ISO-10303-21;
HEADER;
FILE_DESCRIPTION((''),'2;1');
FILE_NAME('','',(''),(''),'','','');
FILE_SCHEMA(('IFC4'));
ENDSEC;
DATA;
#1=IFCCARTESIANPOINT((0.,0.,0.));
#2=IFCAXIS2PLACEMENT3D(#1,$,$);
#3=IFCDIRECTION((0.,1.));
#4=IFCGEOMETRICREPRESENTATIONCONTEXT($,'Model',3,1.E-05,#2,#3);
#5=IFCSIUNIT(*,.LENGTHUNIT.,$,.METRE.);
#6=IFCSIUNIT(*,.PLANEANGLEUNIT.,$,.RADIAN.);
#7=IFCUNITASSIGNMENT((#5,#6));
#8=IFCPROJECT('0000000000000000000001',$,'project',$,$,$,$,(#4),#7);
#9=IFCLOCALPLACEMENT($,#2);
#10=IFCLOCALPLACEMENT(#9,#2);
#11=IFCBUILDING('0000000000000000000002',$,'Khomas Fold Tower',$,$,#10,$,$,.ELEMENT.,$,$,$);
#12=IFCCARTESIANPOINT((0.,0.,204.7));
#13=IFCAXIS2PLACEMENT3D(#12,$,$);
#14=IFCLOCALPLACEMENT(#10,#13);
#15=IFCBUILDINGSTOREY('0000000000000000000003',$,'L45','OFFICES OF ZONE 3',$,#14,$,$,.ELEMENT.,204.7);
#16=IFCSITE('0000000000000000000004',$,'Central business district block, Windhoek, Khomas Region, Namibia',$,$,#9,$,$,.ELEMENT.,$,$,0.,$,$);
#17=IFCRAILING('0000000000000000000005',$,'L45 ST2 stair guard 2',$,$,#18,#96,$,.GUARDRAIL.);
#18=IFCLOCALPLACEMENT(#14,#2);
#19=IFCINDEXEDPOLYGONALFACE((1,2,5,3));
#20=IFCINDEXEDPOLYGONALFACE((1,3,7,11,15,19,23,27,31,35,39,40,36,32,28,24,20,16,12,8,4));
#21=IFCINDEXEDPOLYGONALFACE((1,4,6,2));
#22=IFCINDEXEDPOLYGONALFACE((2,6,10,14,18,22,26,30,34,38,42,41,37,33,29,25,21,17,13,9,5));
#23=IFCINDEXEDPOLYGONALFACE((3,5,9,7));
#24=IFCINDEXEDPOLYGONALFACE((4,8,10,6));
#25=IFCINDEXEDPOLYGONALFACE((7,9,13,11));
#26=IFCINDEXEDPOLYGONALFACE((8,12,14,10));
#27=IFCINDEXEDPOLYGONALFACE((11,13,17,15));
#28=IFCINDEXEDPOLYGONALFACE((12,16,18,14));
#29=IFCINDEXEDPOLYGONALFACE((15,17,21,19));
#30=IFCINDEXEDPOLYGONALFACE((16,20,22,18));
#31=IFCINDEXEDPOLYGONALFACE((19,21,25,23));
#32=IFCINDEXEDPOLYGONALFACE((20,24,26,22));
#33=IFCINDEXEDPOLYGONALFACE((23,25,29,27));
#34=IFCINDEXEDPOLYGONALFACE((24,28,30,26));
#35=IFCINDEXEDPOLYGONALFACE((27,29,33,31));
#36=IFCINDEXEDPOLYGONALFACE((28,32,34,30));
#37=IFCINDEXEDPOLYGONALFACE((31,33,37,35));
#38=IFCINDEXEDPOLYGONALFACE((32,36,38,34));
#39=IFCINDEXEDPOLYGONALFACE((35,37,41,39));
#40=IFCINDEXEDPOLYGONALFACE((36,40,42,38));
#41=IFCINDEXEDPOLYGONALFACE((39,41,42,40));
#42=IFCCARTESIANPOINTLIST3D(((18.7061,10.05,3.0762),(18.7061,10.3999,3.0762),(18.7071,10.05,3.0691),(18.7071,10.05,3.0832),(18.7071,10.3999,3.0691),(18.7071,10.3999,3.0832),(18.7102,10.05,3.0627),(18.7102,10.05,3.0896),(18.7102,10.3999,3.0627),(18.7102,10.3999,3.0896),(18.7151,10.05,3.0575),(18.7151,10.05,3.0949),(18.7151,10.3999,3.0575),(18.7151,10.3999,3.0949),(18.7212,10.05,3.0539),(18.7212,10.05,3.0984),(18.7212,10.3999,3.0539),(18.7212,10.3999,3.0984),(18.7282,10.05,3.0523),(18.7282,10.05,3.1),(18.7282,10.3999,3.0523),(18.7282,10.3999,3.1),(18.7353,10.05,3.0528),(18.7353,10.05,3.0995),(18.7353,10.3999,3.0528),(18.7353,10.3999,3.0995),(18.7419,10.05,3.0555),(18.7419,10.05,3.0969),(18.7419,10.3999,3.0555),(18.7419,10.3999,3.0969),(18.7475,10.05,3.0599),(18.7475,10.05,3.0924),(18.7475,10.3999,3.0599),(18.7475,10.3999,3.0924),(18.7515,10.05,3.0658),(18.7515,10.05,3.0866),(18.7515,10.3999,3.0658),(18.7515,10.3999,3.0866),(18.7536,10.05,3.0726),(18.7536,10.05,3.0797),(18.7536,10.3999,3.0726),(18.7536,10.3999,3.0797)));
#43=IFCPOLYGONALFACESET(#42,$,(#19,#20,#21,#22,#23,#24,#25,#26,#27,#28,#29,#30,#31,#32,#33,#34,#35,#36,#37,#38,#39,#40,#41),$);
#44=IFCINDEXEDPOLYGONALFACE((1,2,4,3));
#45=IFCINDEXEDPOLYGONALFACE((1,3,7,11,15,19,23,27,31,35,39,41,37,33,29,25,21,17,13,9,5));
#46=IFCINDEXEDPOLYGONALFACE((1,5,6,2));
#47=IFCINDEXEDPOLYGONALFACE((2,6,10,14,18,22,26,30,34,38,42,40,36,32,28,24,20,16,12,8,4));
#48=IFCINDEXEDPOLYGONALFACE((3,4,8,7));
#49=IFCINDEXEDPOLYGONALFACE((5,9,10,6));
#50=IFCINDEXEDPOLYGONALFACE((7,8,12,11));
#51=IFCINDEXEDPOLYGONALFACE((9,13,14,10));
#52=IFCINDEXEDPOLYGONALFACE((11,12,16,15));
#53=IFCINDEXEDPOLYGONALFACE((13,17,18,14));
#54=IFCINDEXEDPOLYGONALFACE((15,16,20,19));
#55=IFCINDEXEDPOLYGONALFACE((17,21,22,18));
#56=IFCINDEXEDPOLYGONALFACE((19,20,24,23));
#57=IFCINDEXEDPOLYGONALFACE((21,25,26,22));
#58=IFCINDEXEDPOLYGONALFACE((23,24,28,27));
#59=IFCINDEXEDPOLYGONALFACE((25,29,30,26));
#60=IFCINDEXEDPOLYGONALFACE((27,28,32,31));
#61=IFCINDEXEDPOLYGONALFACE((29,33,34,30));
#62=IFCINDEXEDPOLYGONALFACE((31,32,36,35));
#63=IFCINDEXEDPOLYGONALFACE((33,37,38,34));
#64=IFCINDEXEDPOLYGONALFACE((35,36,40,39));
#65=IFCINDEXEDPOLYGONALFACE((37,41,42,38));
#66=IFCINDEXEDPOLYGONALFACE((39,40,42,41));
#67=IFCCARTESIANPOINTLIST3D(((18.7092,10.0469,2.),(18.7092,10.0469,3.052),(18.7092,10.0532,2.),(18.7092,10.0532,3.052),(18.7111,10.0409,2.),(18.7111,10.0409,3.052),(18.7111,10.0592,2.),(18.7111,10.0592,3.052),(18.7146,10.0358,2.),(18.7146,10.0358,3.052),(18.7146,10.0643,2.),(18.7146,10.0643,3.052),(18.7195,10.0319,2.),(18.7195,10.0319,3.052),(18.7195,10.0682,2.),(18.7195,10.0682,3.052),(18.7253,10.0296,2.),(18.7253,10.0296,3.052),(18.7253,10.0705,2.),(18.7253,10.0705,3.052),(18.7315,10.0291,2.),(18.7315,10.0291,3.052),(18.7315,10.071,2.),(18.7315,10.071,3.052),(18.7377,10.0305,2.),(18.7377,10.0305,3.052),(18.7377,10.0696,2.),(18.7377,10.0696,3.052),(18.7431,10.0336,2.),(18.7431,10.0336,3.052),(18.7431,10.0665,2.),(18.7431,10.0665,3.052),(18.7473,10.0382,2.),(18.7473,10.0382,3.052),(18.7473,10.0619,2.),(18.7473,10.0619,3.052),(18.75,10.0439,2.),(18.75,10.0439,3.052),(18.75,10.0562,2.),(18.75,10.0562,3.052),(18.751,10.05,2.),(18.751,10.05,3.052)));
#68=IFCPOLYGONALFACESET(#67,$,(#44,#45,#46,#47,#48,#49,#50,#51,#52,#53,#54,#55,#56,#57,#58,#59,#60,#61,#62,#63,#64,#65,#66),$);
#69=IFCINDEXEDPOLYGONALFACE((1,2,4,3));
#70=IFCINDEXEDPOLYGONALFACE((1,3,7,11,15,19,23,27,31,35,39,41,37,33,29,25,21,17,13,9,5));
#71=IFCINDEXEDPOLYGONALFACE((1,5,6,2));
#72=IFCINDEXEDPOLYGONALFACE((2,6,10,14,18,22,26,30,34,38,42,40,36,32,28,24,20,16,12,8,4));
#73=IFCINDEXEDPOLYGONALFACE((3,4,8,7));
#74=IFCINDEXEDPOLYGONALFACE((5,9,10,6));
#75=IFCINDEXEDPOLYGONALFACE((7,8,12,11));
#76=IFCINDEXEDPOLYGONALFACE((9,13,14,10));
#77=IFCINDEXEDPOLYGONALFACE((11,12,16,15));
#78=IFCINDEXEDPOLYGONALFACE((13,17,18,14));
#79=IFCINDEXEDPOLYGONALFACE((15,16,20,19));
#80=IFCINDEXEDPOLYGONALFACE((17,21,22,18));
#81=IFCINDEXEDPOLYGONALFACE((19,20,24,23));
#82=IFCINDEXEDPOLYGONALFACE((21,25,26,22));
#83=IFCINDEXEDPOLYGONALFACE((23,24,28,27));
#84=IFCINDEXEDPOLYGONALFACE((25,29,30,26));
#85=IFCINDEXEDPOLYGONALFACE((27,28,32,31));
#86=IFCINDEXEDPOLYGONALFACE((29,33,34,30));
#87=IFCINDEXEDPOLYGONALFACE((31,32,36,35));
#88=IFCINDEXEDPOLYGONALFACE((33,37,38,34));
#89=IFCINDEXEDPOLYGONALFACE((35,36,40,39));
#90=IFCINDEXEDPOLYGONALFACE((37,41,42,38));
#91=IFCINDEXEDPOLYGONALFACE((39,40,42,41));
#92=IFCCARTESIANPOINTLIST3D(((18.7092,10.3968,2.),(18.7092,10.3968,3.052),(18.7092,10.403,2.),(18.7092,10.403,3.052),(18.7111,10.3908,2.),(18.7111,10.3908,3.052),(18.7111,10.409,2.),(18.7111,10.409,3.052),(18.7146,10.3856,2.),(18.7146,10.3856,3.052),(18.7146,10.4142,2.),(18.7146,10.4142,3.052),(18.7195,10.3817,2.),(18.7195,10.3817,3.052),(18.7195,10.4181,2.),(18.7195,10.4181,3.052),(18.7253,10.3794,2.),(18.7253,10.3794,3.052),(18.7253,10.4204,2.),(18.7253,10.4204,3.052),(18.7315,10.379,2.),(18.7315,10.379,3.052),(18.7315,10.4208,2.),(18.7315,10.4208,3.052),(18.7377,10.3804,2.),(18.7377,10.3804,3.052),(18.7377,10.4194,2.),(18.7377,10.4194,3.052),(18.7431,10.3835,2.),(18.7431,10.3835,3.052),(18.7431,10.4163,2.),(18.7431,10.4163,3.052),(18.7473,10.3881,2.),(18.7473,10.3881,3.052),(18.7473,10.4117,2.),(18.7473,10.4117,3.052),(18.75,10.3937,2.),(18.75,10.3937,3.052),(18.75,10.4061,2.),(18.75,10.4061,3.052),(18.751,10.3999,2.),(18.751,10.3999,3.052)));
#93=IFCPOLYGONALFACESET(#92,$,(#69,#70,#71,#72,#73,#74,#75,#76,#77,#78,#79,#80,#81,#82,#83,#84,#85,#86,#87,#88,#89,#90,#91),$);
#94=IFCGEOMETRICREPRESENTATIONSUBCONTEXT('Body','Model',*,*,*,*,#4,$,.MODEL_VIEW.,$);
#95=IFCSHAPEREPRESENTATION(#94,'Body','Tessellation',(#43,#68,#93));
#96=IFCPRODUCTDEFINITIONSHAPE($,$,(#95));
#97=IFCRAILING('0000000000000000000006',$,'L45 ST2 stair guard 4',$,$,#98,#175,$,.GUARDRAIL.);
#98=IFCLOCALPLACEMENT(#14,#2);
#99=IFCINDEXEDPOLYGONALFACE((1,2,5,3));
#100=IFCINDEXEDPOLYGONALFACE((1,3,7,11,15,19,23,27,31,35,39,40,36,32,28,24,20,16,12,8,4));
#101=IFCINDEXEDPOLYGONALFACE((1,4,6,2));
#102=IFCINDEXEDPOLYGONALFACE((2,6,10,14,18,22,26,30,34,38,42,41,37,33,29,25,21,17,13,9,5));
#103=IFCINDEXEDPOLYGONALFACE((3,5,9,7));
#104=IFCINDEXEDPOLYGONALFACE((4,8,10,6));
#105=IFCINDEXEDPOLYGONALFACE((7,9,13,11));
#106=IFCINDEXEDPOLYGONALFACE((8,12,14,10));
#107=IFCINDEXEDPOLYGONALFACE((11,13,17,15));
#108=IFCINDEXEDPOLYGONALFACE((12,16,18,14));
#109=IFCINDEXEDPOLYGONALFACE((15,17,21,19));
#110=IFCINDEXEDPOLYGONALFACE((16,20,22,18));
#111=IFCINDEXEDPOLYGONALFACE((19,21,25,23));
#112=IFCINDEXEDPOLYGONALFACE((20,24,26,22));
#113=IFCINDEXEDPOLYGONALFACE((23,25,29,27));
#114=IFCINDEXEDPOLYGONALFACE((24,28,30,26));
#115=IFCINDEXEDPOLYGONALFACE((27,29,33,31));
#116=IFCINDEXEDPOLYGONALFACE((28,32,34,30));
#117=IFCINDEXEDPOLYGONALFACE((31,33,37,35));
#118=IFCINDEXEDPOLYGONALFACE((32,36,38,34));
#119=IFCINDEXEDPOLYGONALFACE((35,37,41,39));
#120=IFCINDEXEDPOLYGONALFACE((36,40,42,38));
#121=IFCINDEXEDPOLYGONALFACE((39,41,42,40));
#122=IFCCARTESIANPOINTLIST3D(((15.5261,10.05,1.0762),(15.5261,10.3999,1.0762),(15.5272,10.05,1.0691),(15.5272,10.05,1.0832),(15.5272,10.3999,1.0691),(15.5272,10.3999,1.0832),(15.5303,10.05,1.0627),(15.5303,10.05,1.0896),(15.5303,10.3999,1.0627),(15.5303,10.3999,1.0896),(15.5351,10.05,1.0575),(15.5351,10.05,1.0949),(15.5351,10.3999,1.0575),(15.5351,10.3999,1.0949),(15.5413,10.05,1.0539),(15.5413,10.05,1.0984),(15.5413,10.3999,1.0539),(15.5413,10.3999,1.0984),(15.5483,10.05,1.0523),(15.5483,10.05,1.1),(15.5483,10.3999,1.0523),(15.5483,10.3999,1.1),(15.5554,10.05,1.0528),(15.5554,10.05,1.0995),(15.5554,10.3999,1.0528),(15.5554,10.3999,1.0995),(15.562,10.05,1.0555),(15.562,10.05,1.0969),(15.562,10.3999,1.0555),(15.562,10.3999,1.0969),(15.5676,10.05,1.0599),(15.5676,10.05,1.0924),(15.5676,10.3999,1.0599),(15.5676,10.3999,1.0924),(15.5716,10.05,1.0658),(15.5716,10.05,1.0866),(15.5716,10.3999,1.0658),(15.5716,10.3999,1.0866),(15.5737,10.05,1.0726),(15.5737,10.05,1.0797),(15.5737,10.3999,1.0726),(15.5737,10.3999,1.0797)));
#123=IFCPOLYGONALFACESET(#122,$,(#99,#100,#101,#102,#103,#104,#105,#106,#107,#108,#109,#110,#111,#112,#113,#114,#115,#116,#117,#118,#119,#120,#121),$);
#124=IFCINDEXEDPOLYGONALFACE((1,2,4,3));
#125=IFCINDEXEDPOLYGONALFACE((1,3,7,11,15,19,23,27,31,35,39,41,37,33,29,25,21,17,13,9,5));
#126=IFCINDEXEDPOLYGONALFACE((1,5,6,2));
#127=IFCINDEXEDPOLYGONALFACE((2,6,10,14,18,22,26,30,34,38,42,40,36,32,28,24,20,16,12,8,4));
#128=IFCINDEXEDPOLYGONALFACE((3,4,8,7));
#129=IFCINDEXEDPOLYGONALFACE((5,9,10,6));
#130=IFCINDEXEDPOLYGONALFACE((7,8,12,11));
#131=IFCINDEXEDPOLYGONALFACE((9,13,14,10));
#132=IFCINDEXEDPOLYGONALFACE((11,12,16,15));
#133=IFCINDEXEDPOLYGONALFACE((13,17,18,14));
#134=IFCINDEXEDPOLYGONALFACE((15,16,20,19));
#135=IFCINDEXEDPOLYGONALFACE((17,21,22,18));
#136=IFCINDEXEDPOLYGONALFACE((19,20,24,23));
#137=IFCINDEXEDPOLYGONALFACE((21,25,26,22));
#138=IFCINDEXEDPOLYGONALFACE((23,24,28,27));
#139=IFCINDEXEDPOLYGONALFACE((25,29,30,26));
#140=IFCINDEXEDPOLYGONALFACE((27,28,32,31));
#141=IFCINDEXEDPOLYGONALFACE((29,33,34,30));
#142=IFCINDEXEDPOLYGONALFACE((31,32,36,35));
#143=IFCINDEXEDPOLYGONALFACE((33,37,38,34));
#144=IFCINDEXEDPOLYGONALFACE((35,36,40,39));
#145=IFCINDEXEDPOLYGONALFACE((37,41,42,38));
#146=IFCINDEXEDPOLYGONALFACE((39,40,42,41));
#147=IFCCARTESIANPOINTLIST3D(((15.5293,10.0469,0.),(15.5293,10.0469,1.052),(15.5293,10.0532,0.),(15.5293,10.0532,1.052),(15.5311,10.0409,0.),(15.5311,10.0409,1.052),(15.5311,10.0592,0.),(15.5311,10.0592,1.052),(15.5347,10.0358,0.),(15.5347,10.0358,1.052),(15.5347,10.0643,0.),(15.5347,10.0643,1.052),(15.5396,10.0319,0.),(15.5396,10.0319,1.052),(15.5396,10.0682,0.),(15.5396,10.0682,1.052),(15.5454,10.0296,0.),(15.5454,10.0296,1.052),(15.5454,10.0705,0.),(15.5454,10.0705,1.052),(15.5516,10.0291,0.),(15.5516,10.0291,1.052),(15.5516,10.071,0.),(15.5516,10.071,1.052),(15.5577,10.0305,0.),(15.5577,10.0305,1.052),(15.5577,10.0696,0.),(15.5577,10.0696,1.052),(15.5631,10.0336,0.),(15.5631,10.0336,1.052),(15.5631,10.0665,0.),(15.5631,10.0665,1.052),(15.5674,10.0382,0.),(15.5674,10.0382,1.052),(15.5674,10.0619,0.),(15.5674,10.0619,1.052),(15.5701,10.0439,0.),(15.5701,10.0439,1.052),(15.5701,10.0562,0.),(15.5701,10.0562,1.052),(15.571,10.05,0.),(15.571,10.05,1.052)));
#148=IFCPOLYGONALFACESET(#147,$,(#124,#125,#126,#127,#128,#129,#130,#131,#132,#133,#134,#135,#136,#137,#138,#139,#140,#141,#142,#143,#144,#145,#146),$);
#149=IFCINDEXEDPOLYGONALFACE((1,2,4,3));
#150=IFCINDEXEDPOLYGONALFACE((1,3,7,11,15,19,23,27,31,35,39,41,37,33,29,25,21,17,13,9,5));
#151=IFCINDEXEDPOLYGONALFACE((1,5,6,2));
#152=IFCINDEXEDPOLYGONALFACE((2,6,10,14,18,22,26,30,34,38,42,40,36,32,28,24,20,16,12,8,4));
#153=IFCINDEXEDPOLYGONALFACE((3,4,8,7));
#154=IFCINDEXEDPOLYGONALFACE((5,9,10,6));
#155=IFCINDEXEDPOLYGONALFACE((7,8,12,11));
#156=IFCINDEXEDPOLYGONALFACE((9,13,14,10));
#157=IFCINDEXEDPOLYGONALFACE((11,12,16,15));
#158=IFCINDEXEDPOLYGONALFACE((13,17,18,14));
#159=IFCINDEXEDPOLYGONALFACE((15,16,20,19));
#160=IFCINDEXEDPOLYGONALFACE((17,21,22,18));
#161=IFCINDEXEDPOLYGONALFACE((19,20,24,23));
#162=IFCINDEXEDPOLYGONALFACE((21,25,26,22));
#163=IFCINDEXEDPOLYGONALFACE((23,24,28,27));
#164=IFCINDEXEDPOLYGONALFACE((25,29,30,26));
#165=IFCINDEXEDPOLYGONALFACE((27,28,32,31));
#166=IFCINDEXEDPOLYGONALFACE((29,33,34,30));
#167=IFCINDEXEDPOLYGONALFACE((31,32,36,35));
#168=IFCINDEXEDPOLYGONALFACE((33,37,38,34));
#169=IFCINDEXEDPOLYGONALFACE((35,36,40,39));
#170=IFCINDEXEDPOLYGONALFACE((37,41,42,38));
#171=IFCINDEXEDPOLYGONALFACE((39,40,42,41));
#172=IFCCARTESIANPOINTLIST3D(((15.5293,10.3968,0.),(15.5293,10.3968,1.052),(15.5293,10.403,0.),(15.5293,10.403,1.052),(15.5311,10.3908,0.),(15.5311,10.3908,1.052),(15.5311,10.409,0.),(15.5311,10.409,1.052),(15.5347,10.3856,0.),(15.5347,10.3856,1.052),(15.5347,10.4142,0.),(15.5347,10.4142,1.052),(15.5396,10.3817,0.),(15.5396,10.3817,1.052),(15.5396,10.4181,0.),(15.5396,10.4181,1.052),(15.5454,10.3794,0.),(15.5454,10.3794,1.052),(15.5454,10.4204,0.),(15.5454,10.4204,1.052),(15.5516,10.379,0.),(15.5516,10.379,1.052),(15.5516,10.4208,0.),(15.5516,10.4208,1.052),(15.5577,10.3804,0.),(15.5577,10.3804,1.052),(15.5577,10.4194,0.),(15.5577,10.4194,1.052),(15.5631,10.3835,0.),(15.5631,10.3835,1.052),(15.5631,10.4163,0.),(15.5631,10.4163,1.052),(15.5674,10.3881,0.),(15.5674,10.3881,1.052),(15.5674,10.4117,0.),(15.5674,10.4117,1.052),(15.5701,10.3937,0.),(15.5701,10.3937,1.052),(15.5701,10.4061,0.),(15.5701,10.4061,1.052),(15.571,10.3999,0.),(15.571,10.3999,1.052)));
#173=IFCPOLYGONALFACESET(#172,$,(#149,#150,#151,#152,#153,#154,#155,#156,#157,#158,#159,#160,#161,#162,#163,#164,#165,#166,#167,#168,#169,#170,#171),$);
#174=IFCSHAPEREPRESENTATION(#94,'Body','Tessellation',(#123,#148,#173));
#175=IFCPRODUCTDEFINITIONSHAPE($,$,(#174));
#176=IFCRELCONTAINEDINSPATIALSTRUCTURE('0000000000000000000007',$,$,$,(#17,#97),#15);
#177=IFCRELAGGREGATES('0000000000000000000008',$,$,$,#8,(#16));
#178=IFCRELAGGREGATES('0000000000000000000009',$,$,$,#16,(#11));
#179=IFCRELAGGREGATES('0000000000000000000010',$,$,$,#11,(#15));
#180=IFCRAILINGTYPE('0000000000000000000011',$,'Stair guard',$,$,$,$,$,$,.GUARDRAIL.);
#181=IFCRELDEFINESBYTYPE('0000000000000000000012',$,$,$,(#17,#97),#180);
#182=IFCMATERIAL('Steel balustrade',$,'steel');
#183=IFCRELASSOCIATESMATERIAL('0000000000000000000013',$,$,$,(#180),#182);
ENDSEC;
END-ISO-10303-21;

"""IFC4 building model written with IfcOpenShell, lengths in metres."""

from ifc_helpers import new_model, si_unit, direction, frame, origin, origin_2d, place, context, subcontext, project, spatial, circle, extrude, source, transform, mapped, material, type_object, element, save


model = new_model("IFC4")

# Units and contexts
model_context = context("Model", 3, precision=1e-05, world=origin(), true_north=direction((0.0, 1.0)))
body_context = subcontext(model_context, "Body", "Model", "MODEL_VIEW")
ifc_project = project(units=[si_unit("LENGTHUNIT", "METRE"), si_unit("PLANEANGLEUNIT", "RADIAN")], contexts=[model_context])

# Site, building, storey
site_placement = place(None, origin())
site = spatial("IfcSite", under=ifc_project, at=site_placement, Name="Central business district block, Windhoek, Khomas Region, Namibia", CompositionType="ELEMENT", RefElevation=0.0)
building_placement = place(site_placement, origin())
building = spatial("IfcBuilding", under=site, at=building_placement, Name="Khomas Fold Tower", CompositionType="ELEMENT")
storey_placement = place(building_placement, frame((0.0, 0.0, 204.7)))
storey = spatial("IfcBuildingStorey", under=building, at=storey_placement, Name="L45", Description="OFFICES OF ZONE 3", CompositionType="ELEMENT", Elevation=204.7)

# Railings
ifc_material_1 = material(Name="Steel balustrade", Category="steel")
railing_type_1 = type_object("IfcRailingType", Name="Stair guard", PredefinedType="GUARDRAIL", material=ifc_material_1)
shared_shape_1 = source(origin(), body_context, "Body", "SweptSolid", [
    extrude(circle(Radius=0.0239, at=origin_2d()), frame((0.0, 0.0, 1.0762), z_axis=(0.0, 1.0, 0.0), x_axis=(-1.0, 0.0, 0.0)), (0.0, 0.0, 1.0), 0.3499),
    extrude(circle(Radius=0.021, at=origin_2d()), origin(), (0.0, 0.0, 1.0), 1.052),
    extrude(circle(Radius=0.021, at=origin_2d()), frame((0.0, 0.3499, 0.0)), (0.0, 0.0, 1.0), 1.052),
])
for number, where, name in (
    (1, (18.73, 10.05, 2.0), "L45 ST2 stair guard 2"),
    (2, (15.55, 10.05, 0.0), "L45 ST2 stair guard 4"),
):
    element("IfcRailing", number, at=place(storey_placement, frame(where)), inside=storey, type_object=railing_type_1, Name=name, PredefinedType="GUARDRAIL", context=body_context, shape_type="MappedRepresentation", body=[
        mapped(shared_shape_1, transform((0.0, 0.0, 0.0))),
    ])

save(model, "model.ifc")
